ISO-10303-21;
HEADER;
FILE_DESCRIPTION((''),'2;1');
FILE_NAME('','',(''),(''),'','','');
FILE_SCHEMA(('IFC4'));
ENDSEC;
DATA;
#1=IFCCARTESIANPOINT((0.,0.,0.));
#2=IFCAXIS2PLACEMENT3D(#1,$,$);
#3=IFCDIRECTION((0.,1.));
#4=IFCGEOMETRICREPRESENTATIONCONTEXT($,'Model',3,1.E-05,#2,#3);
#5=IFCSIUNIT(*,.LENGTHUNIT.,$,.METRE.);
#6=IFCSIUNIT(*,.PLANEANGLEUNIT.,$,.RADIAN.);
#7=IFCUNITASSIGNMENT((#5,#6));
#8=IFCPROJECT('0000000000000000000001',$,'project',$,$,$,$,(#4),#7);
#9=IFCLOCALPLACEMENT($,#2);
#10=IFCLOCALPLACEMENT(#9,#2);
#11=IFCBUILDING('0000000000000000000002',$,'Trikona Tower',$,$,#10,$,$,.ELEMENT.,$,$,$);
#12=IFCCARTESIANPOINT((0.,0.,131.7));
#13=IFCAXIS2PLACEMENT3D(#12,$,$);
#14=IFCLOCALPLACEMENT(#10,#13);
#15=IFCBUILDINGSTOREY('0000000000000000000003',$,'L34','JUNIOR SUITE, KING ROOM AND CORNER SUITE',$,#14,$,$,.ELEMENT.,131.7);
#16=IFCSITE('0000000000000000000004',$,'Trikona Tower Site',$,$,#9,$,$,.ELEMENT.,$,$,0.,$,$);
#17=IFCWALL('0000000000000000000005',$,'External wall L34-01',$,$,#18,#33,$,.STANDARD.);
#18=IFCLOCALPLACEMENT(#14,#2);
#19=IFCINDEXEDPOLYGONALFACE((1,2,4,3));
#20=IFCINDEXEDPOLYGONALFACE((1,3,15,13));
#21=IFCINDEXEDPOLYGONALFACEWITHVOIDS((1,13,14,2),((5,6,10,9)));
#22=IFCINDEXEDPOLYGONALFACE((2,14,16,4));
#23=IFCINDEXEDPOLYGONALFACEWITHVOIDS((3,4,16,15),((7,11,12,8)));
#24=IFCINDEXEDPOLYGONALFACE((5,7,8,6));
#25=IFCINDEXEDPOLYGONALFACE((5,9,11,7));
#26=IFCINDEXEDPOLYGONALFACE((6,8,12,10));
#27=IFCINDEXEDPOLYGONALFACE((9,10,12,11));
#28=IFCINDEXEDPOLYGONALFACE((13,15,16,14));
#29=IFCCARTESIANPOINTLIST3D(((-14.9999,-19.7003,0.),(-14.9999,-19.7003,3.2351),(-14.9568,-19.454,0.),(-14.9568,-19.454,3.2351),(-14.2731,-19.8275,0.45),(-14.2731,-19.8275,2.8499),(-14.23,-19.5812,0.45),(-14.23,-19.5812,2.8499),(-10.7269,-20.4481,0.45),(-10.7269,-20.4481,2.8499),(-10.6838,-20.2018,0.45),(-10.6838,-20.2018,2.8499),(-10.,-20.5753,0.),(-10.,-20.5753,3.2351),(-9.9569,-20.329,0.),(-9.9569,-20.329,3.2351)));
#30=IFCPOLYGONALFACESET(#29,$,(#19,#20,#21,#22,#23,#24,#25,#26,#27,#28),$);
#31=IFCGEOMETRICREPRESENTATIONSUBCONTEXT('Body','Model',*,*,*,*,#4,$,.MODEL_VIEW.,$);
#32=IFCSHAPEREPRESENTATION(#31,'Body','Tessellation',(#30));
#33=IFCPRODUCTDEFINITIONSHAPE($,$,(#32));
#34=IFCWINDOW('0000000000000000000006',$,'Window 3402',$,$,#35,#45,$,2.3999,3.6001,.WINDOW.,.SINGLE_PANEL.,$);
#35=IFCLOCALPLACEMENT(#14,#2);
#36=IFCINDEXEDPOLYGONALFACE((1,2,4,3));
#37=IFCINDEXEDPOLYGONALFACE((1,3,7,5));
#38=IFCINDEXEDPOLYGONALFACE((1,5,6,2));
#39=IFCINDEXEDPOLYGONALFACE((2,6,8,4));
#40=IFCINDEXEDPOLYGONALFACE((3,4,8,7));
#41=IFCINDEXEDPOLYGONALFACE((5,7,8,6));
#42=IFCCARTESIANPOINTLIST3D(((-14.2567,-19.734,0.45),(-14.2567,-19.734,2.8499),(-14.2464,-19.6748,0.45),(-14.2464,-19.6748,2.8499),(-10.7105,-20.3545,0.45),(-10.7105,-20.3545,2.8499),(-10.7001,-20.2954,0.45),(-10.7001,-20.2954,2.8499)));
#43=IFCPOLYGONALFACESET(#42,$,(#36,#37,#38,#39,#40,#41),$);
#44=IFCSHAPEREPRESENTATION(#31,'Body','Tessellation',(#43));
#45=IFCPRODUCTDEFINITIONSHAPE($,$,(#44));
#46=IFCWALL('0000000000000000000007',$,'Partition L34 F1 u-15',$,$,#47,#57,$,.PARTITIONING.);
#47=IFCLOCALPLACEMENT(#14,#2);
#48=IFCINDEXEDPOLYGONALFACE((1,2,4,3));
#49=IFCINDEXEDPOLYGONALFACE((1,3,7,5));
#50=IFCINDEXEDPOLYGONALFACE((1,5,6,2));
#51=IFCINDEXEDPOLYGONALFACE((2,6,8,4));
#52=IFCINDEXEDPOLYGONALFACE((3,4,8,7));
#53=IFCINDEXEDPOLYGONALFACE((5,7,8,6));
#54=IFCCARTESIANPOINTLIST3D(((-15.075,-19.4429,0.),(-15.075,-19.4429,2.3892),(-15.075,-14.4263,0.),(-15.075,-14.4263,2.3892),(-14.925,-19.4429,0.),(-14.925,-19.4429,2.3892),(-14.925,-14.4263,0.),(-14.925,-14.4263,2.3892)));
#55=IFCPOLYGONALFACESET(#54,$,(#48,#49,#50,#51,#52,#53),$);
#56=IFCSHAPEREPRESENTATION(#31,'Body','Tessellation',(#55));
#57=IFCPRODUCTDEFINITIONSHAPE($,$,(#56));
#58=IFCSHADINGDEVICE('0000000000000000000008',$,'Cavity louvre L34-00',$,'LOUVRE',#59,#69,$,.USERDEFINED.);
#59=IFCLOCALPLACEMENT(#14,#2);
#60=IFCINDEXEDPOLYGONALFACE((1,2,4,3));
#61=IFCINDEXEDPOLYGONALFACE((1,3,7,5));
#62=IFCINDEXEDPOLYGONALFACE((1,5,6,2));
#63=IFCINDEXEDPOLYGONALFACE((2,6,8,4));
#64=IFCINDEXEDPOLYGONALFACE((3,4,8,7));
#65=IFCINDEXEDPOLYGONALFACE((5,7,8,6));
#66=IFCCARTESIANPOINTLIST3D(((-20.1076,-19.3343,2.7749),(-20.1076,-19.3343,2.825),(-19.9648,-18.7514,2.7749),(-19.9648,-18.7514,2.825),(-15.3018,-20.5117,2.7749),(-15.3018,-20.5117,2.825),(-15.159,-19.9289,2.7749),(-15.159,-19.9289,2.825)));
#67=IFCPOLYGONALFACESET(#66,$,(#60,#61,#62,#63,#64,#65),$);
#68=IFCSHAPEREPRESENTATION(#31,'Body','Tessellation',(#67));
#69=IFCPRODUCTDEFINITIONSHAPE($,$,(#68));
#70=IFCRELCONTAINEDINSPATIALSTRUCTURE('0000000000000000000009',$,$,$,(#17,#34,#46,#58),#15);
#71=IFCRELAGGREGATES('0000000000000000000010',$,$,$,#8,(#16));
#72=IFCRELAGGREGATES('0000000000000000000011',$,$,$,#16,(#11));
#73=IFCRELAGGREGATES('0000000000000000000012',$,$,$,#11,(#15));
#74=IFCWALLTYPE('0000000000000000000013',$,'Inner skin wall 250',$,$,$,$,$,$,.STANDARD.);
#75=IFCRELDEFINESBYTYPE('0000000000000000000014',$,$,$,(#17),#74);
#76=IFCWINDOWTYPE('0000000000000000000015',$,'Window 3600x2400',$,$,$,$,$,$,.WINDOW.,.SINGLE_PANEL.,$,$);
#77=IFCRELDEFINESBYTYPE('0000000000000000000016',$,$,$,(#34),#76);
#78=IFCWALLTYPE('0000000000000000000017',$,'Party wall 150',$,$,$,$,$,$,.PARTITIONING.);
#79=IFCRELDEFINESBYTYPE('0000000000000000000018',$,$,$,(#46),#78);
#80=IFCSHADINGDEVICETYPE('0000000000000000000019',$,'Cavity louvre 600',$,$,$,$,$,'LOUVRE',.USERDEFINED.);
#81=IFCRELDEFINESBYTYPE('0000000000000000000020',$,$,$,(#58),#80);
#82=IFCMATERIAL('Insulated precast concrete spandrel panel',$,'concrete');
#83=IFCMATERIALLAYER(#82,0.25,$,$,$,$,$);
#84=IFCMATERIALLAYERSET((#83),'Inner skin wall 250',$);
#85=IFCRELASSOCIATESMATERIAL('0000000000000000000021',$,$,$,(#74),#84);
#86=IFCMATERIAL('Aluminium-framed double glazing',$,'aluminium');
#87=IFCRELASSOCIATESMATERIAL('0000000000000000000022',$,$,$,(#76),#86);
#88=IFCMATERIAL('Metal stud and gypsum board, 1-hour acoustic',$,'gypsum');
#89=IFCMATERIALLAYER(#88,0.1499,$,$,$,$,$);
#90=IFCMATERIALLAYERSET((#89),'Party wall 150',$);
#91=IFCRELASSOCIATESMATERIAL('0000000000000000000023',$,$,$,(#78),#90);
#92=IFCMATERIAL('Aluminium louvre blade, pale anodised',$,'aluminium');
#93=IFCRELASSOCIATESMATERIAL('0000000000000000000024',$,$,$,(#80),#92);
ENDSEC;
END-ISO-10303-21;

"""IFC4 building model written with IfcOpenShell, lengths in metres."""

from ifc_helpers import new_model, si_unit, direction, frame, frame_2d, origin, origin_2d, place, context, subcontext, project, spatial, rectangle, extrude, material, layer, layer_set, type_object, element, fill, save


model = new_model("IFC4")

# Units and contexts
model_context = context("Model", 3, precision=1e-05, world=origin(), true_north=direction((0.0, 1.0)))
body_context = subcontext(model_context, "Body", "Model", "MODEL_VIEW")
ifc_project = project(units=[si_unit("LENGTHUNIT", "METRE"), si_unit("PLANEANGLEUNIT", "RADIAN")], contexts=[model_context])

# Site, building, storey
site_placement = place(None, origin())
site = spatial("IfcSite", under=ifc_project, at=site_placement, Name="Trikona Tower Site", CompositionType="ELEMENT", RefElevation=0.0)
building_placement = place(site_placement, origin())
building = spatial("IfcBuilding", under=site, at=building_placement, Name="Trikona Tower", CompositionType="ELEMENT")
storey_placement = place(building_placement, frame((0.0, 0.0, 131.7)))
storey = spatial("IfcBuildingStorey", under=building, at=storey_placement, Name="L34", Description="JUNIOR SUITE, KING ROOM AND CORNER SUITE", CompositionType="ELEMENT", Elevation=131.7)

# Wall, opening, window
ifc_material_1 = material(Name="Insulated precast concrete spandrel panel", Category="concrete")
ifc_layer_1 = layer(ifc_material_1, 0.25)
ifc_layer_set_1 = layer_set([ifc_layer_1], Name="Inner skin wall 250")
wall_type_1 = type_object("IfcWallType", Name="Inner skin wall 250", PredefinedType="STANDARD", material=ifc_layer_set_1)
wall_1_placement = place(storey_placement, frame((-14.9785, -19.5771, 0.0), z_axis=(0.0, 0.0, 1.0), x_axis=(0.98503, -0.17238, 0.0)))
wall_1 = element("IfcWall", 1, at=wall_1_placement, inside=storey, type_object=wall_type_1, Name="External wall L34-01", PredefinedType="STANDARD", context=body_context, shape_type="SweptSolid", body=[
    extrude(rectangle(XDim=5.0759, YDim=0.25, at=frame_2d((2.5381, 0.0))), origin(), (0.0, 0.0, 1.0), 3.2351),
])
opening_1_placement = place(wall_1_placement, frame((0.738, 0.0, 0.45)))
opening_1 = element("IfcOpeningElement", 2, at=opening_1_placement, cuts=wall_1, PredefinedType="OPENING", context=body_context, shape_type="SweptSolid", body=[
    extrude(rectangle(XDim=3.6001, YDim=2.3999, at=frame_2d((1.8, 1.2))), frame((0.0, 0.135, 0.0), z_axis=(0.0, -1.0, 0.0), x_axis=(1.0, 0.0, 0.0)), (0.0, 0.0, 1.0), 0.27),
])
ifc_material_2 = material(Name="Aluminium-framed double glazing", Category="aluminium")
window_type = type_object("IfcWindowType", Name="Window 3600x2400", PartitioningType="SINGLE_PANEL", PredefinedType="WINDOW", material=ifc_material_2)
window_placement = place(opening_1_placement, origin())
window = element("IfcWindow", 3, at=window_placement, inside=storey, type_object=window_type, Name="Window 3402", OverallHeight=2.3999, OverallWidth=3.6001, PartitioningType="SINGLE_PANEL", PredefinedType="WINDOW", context=body_context, shape_type="SweptSolid", body=[
    extrude(rectangle(XDim=3.6001, YDim=2.3999, at=frame_2d((1.8, 1.2))), frame((0.0, 0.03, 0.0), z_axis=(0.0, -1.0, 0.0), x_axis=(1.0, 0.0, 0.0)), (0.0, 0.0, 1.0), 0.0601),
])
fill(opening_1, window)

# Wall
ifc_material_3 = material(Name="Metal stud and gypsum board, 1-hour acoustic", Category="gypsum")
ifc_layer_2 = layer(ifc_material_3, 0.1499)
ifc_layer_set_2 = layer_set([ifc_layer_2], Name="Party wall 150")
wall_type_2 = type_object("IfcWallType", Name="Party wall 150", PredefinedType="PARTITIONING", material=ifc_layer_set_2)
wall_2_placement = place(storey_placement, frame((-15.0, -14.4263, 0.0), z_axis=(0.0, 0.0, 1.0), x_axis=(0.0, -1.0, 0.0)))
element("IfcWall", 4, at=wall_2_placement, inside=storey, type_object=wall_type_2, Name="Partition L34 F1 u-15", PredefinedType="PARTITIONING", context=body_context, shape_type="SweptSolid", body=[
    extrude(rectangle(XDim=5.0166, YDim=0.1499, at=frame_2d((2.5083, 0.0))), origin(), (0.0, 0.0, 1.0), 2.3892),
])

# Shading device
ifc_material_4 = material(Name="Aluminium louvre blade, pale anodised", Category="aluminium")
shading_device_type = type_object("IfcShadingDeviceType", Name="Cavity louvre 600", ElementType="LOUVRE", PredefinedType="USERDEFINED", material=ifc_material_4)
shading_device_placement = place(storey_placement, frame((-17.6333, -19.6316, 2.7749), z_axis=(0.0, 0.0, 1.0), x_axis=(0.971274, -0.237962, 0.0)))
element("IfcShadingDevice", 5, at=shading_device_placement, inside=storey, type_object=shading_device_type, Name="Cavity louvre L34-00", ObjectType="LOUVRE", PredefinedType="USERDEFINED", context=body_context, shape_type="SweptSolid", body=[
    extrude(rectangle(XDim=4.948, YDim=0.6001, at=origin_2d()), origin(), (0.0, 0.0, 1.0), 0.05),
])

save(model, "model.ifc")
